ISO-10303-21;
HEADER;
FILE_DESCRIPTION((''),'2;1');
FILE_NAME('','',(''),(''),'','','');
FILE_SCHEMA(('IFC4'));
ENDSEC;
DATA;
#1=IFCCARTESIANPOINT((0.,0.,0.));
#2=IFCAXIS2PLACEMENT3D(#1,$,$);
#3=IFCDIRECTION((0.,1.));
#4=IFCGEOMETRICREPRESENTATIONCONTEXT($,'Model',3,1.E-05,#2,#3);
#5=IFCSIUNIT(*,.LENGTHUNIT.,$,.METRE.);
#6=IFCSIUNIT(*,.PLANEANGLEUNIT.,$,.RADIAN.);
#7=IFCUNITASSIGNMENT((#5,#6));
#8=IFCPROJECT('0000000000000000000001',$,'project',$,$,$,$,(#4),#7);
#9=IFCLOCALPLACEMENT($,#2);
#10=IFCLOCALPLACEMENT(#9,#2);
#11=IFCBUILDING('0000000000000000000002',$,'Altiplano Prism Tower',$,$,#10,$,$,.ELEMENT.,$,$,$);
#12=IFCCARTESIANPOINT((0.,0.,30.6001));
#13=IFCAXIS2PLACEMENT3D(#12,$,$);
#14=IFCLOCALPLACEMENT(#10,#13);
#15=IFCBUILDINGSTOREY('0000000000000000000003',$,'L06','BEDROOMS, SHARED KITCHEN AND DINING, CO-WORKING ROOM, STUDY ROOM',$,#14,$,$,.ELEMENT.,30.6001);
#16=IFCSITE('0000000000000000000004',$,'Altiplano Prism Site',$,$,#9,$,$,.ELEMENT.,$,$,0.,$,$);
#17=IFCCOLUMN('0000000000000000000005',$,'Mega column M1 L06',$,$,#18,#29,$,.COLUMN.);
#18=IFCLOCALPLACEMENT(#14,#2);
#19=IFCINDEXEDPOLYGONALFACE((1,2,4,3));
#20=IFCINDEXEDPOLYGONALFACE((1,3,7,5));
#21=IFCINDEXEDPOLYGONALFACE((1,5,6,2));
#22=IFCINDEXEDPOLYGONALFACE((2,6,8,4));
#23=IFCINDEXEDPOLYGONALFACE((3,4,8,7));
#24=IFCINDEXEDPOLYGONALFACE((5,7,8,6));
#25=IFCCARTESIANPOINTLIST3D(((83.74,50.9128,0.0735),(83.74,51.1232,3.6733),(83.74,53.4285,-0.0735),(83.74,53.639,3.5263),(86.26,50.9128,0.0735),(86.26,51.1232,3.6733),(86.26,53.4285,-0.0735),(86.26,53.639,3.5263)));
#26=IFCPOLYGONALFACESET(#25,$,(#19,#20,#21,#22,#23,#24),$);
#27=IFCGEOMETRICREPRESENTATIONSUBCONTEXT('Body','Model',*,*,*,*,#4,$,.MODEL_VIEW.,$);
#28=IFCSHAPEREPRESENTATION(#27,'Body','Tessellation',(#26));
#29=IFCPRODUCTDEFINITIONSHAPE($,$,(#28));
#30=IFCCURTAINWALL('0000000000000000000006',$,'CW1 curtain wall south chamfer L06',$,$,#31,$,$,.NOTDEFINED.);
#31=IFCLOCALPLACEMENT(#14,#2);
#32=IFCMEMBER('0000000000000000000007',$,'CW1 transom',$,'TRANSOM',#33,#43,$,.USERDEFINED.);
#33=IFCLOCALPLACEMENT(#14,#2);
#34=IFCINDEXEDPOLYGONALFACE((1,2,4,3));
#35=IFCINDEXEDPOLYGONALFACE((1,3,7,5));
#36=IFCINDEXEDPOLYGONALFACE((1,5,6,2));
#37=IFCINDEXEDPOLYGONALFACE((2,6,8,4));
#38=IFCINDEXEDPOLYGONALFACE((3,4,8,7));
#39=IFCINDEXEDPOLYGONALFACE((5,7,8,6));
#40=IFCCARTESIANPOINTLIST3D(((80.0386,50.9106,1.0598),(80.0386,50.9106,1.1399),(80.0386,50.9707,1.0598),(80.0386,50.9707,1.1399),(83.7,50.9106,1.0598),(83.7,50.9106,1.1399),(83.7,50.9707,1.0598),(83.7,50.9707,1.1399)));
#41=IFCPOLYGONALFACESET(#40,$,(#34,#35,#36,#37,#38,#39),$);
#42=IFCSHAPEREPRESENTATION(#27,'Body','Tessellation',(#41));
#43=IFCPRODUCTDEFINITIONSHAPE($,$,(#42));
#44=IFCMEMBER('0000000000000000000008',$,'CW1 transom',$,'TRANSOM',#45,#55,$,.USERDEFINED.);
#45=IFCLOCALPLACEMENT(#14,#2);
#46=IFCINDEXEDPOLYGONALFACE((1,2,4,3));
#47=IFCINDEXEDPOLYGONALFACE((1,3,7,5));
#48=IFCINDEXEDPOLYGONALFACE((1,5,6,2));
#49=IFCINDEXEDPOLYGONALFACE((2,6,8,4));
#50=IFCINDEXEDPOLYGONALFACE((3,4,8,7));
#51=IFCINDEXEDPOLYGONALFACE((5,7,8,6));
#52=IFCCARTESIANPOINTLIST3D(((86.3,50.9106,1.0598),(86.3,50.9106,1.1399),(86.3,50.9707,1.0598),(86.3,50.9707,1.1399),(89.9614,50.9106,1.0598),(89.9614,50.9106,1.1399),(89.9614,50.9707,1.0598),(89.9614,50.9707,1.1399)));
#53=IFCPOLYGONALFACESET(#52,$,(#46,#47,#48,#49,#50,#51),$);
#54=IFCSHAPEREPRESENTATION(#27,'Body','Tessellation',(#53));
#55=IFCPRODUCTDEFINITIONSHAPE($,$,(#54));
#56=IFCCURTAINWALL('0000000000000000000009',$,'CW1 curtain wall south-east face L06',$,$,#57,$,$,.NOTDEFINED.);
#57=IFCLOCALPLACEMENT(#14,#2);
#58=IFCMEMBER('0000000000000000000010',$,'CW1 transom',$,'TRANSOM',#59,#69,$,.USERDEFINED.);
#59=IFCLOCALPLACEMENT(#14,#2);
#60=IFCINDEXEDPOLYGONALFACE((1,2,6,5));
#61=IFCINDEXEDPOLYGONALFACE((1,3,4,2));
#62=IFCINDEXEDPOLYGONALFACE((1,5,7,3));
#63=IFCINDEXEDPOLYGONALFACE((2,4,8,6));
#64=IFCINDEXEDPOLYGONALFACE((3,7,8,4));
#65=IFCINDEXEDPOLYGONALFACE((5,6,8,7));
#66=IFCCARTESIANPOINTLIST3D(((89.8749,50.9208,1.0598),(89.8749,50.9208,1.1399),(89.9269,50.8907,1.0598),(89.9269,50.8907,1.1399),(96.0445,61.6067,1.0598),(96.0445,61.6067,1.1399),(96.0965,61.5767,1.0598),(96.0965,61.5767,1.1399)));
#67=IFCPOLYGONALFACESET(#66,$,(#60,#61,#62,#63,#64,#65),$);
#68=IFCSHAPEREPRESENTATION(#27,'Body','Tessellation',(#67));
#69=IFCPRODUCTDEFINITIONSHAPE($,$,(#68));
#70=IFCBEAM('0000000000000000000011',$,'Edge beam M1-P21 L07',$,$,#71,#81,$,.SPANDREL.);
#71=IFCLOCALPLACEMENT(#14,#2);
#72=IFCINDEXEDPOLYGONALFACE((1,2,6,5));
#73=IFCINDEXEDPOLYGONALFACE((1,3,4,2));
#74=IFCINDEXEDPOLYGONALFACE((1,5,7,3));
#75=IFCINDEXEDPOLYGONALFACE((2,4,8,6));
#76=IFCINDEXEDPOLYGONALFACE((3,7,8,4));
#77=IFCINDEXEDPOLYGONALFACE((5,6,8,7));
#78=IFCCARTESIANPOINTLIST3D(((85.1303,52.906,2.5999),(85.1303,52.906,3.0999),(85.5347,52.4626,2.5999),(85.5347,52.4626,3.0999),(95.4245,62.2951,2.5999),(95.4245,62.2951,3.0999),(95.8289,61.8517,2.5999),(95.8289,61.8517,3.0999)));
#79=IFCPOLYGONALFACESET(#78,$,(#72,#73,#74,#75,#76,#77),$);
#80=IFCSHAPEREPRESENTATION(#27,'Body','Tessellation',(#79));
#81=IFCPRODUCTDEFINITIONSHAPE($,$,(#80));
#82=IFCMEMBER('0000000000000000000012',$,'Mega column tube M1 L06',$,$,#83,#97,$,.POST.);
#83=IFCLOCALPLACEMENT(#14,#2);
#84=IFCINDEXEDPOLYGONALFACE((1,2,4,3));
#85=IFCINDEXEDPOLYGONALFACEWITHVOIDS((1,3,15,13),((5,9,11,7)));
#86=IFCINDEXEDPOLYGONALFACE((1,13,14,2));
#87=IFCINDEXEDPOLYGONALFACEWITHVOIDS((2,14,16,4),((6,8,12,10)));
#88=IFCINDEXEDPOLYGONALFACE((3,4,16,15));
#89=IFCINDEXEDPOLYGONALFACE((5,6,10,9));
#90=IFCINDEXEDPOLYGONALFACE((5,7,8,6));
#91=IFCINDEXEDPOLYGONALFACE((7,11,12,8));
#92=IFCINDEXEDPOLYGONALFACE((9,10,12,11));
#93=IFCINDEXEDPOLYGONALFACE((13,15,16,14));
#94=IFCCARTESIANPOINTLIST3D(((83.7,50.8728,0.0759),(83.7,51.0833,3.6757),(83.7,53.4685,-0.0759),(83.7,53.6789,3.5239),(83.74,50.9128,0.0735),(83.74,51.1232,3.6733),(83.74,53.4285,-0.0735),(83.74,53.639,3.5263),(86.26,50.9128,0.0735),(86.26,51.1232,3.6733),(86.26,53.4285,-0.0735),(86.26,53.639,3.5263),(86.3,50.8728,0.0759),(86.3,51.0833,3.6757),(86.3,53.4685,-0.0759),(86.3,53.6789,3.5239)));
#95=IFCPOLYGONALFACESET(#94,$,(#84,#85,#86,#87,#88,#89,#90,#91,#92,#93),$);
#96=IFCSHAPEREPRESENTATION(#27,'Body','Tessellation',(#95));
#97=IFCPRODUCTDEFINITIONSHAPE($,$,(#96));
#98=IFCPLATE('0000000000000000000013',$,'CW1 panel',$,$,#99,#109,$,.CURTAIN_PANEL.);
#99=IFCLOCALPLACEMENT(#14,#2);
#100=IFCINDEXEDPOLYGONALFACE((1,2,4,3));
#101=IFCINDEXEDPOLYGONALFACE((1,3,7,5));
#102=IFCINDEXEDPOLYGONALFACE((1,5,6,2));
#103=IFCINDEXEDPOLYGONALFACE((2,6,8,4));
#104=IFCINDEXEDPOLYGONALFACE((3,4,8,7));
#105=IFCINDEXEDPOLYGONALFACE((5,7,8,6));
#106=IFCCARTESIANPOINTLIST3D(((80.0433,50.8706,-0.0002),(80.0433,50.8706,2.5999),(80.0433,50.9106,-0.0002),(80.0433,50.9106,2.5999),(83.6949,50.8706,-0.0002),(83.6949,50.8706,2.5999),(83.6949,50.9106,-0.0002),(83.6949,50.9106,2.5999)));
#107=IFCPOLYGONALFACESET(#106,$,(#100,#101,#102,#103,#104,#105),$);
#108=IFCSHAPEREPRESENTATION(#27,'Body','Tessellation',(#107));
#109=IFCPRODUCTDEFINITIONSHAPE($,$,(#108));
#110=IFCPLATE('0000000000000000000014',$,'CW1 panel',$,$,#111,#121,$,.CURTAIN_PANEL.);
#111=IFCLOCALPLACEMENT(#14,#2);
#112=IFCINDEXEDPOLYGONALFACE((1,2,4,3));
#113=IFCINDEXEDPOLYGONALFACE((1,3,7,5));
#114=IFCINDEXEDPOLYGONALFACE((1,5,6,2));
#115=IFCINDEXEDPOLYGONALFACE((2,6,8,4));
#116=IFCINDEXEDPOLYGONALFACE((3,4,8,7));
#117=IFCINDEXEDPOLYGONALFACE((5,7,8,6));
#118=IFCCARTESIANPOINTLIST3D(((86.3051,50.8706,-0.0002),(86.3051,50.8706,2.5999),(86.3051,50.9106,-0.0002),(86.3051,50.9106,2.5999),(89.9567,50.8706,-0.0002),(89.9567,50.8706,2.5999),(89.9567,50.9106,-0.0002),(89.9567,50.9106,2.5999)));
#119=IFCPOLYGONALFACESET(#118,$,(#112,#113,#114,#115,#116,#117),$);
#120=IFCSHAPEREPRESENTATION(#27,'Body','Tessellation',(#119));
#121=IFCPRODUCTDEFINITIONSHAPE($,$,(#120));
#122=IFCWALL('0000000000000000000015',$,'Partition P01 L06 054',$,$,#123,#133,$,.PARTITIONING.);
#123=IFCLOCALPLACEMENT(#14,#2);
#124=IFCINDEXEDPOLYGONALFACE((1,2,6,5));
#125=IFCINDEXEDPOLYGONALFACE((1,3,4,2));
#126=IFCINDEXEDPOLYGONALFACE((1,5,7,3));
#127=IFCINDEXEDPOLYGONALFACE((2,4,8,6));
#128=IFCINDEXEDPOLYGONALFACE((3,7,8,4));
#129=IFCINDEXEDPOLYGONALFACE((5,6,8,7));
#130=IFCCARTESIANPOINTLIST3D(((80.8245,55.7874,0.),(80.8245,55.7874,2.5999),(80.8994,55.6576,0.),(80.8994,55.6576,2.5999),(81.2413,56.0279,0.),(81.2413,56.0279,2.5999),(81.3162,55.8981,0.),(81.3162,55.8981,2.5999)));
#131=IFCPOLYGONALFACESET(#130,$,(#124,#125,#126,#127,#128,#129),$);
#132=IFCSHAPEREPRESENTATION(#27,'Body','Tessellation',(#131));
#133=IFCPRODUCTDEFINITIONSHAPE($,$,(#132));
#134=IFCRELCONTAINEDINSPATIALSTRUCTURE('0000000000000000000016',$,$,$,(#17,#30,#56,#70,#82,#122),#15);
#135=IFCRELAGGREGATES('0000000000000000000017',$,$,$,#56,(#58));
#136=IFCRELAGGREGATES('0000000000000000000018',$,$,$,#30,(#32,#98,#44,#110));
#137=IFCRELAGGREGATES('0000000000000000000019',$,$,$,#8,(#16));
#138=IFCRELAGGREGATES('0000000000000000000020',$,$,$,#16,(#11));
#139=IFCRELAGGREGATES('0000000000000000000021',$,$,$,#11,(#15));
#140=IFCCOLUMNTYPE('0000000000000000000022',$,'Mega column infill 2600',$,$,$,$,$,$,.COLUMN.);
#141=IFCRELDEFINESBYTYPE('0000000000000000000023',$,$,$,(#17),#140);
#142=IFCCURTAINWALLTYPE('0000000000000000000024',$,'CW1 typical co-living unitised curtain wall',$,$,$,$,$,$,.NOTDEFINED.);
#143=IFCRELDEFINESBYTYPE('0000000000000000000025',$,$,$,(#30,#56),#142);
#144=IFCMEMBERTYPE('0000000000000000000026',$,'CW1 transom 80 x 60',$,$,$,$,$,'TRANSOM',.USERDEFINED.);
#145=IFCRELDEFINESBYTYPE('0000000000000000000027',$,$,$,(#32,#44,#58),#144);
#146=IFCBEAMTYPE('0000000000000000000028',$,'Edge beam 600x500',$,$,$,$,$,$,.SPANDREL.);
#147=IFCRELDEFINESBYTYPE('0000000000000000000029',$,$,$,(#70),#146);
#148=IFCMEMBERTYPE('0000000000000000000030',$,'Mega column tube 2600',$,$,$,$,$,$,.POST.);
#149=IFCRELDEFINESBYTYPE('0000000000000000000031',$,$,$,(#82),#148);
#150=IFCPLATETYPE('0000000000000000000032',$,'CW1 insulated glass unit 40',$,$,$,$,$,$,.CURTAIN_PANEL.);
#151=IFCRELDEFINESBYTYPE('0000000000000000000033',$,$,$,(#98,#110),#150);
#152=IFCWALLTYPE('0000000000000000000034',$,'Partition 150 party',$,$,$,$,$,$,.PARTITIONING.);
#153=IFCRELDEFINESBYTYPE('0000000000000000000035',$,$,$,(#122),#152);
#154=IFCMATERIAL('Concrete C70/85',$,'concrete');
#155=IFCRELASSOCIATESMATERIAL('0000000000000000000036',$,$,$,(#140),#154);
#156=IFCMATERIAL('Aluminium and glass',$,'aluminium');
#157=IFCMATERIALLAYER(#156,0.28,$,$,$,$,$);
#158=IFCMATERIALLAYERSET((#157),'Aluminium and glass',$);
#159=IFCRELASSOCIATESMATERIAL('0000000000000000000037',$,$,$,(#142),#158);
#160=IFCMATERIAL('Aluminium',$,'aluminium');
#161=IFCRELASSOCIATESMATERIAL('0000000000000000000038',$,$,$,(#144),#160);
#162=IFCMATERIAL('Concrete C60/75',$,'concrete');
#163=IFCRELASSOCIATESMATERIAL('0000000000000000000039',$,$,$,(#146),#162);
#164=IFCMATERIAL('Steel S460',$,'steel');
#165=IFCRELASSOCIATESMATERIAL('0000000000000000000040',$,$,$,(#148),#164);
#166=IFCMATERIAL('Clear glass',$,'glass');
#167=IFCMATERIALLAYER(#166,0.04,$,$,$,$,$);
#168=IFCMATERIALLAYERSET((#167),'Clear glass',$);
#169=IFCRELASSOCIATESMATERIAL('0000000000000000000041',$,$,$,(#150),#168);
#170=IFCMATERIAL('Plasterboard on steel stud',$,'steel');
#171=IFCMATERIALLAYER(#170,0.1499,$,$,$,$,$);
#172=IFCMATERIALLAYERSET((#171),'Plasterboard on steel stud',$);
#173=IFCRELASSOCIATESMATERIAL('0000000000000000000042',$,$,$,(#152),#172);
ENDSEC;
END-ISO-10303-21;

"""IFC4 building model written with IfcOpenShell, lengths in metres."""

from ifc_helpers import new_model, si_unit, direction, frame, frame_2d, origin, origin_2d, place, context, subcontext, project, spatial, rectangle, hollow_rectangle, extrude, material, layer, layer_set, material_profile, profile_set, type_object, element, aggregate, save


model = new_model("IFC4")

# Units and contexts
model_context = context("Model", 3, precision=1e-05, world=origin(), true_north=direction((0.0, 1.0)))
body_context = subcontext(model_context, "Body", "Model", "MODEL_VIEW")
ifc_project = project(units=[si_unit("LENGTHUNIT", "METRE"), si_unit("PLANEANGLEUNIT", "RADIAN")], contexts=[model_context])

# Site, building, storey
site_placement = place(None, origin())
site = spatial("IfcSite", under=ifc_project, at=site_placement, Name="Altiplano Prism Site", CompositionType="ELEMENT", RefElevation=0.0)
building_placement = place(site_placement, origin())
building = spatial("IfcBuilding", under=site, at=building_placement, Name="Altiplano Prism Tower", CompositionType="ELEMENT")
storey_placement = place(building_placement, frame((0.0, 0.0, 30.6001)))
storey = spatial("IfcBuildingStorey", under=building, at=storey_placement, Name="L06", Description="BEDROOMS, SHARED KITCHEN AND DINING, CO-WORKING ROOM, STUDY ROOM", CompositionType="ELEMENT", Elevation=30.6001)

# Column
ifc_material_1 = material(Name="Concrete C70/85", Category="concrete")
ifc_material_profile_1 = material_profile(ifc_material_1, rectangle(XDim=2.52, YDim=2.52, at=origin_2d()), Name="Mega column infill 2600")
ifc_profile_set_1 = profile_set([ifc_material_profile_1], Name="Concrete C70/85")
column_type = type_object("IfcColumnType", Name="Mega column infill 2600", PredefinedType="COLUMN", material=ifc_profile_set_1)
column_placement = place(storey_placement, frame((85.0, 52.1707, 0.0), z_axis=(0.0, 0.058361, 0.998296), x_axis=(-1.0, 0.0, 0.0)))
element("IfcColumn", 1, at=column_placement, inside=storey, type_object=column_type, Name="Mega column M1 L06", PredefinedType="COLUMN", context=body_context, shape_type="SweptSolid", body=[
    extrude(rectangle(XDim=2.52, YDim=2.52, at=origin_2d()), origin(), (0.0, 0.0, 1.0), 3.606),
])

# Curtain wall, members
ifc_material_2 = material(Name="Aluminium and glass", Category="aluminium")
ifc_layer_1 = layer(ifc_material_2, 0.28)
ifc_layer_set_1 = layer_set([ifc_layer_1], Name="Aluminium and glass")
curtain_wall_type = type_object("IfcCurtainWallType", Name="CW1 typical co-living unitised curtain wall", PredefinedType="NOTDEFINED", material=ifc_layer_set_1)
curtain_wall_1_placement = place(storey_placement, origin())
curtain_wall_1 = element("IfcCurtainWall", 2, at=curtain_wall_1_placement, inside=storey, type_object=curtain_wall_type, Name="CW1 curtain wall south chamfer L06", PredefinedType="NOTDEFINED")
ifc_material_3 = material(Name="Aluminium", Category="aluminium")
ifc_material_profile_2 = material_profile(ifc_material_3, rectangle(XDim=0.0601, YDim=0.0801, at=origin_2d()), Name="CW1 transom 80 x 60")
ifc_profile_set_2 = profile_set([ifc_material_profile_2], Name="Aluminium")
member_type_1 = type_object("IfcMemberType", Name="CW1 transom 80 x 60", ElementType="TRANSOM", PredefinedType="USERDEFINED", material=ifc_profile_set_2)
member_1_placement = place(storey_placement, frame((80.0386, 50.9407, 1.0999), z_axis=(1.0, 0.0, 0.0), x_axis=(0.0, 1.0, 0.0)))
member_1 = element("IfcMember", 3, at=member_1_placement, type_object=member_type_1, Name="CW1 transom", ObjectType="TRANSOM", PredefinedType="USERDEFINED", context=body_context, shape_type="SweptSolid", body=[
    extrude(rectangle(XDim=0.0601, YDim=0.0801, at=origin_2d()), origin(), (0.0, 0.0, 1.0), 3.6614),
])
member_2_placement = place(storey_placement, frame((86.3, 50.9407, 1.0999), z_axis=(1.0, 0.0, 0.0), x_axis=(0.0, 1.0, 0.0)))
member_2 = element("IfcMember", 4, at=member_2_placement, type_object=member_type_1, Name="CW1 transom", ObjectType="TRANSOM", PredefinedType="USERDEFINED", context=body_context, shape_type="SweptSolid", body=[
    extrude(rectangle(XDim=0.0601, YDim=0.0801, at=origin_2d()), origin(), (0.0, 0.0, 1.0), 3.6614),
])

# Curtain wall, member
curtain_wall_2_placement = place(storey_placement, origin())
curtain_wall_2 = element("IfcCurtainWall", 5, at=curtain_wall_2_placement, inside=storey, type_object=curtain_wall_type, Name="CW1 curtain wall south-east face L06", PredefinedType="NOTDEFINED")
member_3_placement = place(storey_placement, frame((89.9009, 50.9058, 1.0999), z_axis=(0.500006, 0.866022, 0.0), x_axis=(-0.866022, 0.500006, 0.0)))
member_3 = element("IfcMember", 6, at=member_3_placement, type_object=member_type_1, Name="CW1 transom", ObjectType="TRANSOM", PredefinedType="USERDEFINED", context=body_context, shape_type="SweptSolid", body=[
    extrude(rectangle(XDim=0.0601, YDim=0.0801, at=origin_2d()), origin(), (0.0, 0.0, 1.0), 12.3391),
])
aggregate(curtain_wall_2, [member_3])

# Beam
ifc_material_4 = material(Name="Concrete C60/75", Category="concrete")
ifc_material_profile_3 = material_profile(ifc_material_4, rectangle(XDim=0.6001, YDim=0.5, at=origin_2d()), Name="Edge beam 600x500")
ifc_profile_set_3 = profile_set([ifc_material_profile_3], Name="Concrete C60/75")
beam_type = type_object("IfcBeamType", Name="Edge beam 600x500", PredefinedType="SPANDREL", material=ifc_profile_set_3)
beam_placement = place(storey_placement, frame((85.3325, 52.6843, 2.8499), z_axis=(0.738839, 0.673882, 0.0), x_axis=(-0.673882, 0.738839, 0.0)))
element("IfcBeam", 7, at=beam_placement, inside=storey, type_object=beam_type, Name="Edge beam M1-P21 L07", PredefinedType="SPANDREL", context=body_context, shape_type="SweptSolid", body=[
    extrude(rectangle(XDim=0.6001, YDim=0.5, at=origin_2d()), origin(), (0.0, 0.0, 1.0), 13.9329),
])

# Member
ifc_material_5 = material(Name="Steel S460", Category="steel")
ifc_material_profile_4 = material_profile(ifc_material_5, hollow_rectangle(XDim=2.6001, YDim=2.6001, WallThickness=0.04, at=origin_2d()), Name="Mega column tube 2600")
ifc_profile_set_4 = profile_set([ifc_material_profile_4], Name="Steel S460")
member_type_2 = type_object("IfcMemberType", Name="Mega column tube 2600", PredefinedType="POST", material=ifc_profile_set_4)
member_4_placement = place(storey_placement, frame((85.0, 52.1707, 0.0), z_axis=(0.0, 0.058361, 0.998296), x_axis=(-1.0, 0.0, 0.0)))
element("IfcMember", 8, at=member_4_placement, inside=storey, type_object=member_type_2, Name="Mega column tube M1 L06", PredefinedType="POST", context=body_context, shape_type="SweptSolid", body=[
    extrude(hollow_rectangle(XDim=2.6001, YDim=2.6001, WallThickness=0.04, at=origin_2d()), origin(), (0.0, 0.0, 1.0), 3.606),
])

# Plates
ifc_material_6 = material(Name="Clear glass", Category="glass")
ifc_layer_2 = layer(ifc_material_6, 0.04)
ifc_layer_set_2 = layer_set([ifc_layer_2], Name="Clear glass")
plate_type = type_object("IfcPlateType", Name="CW1 insulated glass unit 40", PredefinedType="CURTAIN_PANEL", material=ifc_layer_set_2)
plate_1_placement = place(storey_placement, frame((81.8691, 50.8906, -0.0002), z_axis=(0.0, 0.0, 1.0), x_axis=(1.0, 0.0, 0.0)))
plate_1 = element("IfcPlate", 9, at=plate_1_placement, type_object=plate_type, Name="CW1 panel", PredefinedType="CURTAIN_PANEL", context=body_context, shape_type="SweptSolid", body=[
    extrude(rectangle(XDim=3.6516, YDim=0.04, at=origin_2d()), origin(), (0.0, 0.0, 1.0), 2.6001),
])
plate_2_placement = place(storey_placement, frame((88.1309, 50.8906, -0.0002), z_axis=(0.0, 0.0, 1.0), x_axis=(1.0, 0.0, 0.0)))
plate_2 = element("IfcPlate", 10, at=plate_2_placement, type_object=plate_type, Name="CW1 panel", PredefinedType="CURTAIN_PANEL", context=body_context, shape_type="SweptSolid", body=[
    extrude(rectangle(XDim=3.6516, YDim=0.04, at=origin_2d()), origin(), (0.0, 0.0, 1.0), 2.6001),
])
aggregate(curtain_wall_1, [member_1, plate_1, member_2, plate_2])

# Wall
ifc_material_7 = material(Name="Plasterboard on steel stud", Category="steel")
ifc_layer_3 = layer(ifc_material_7, 0.1499)
ifc_layer_set_3 = layer_set([ifc_layer_3], Name="Plasterboard on steel stud")
wall_type = type_object("IfcWallType", Name="Partition 150 party", PredefinedType="PARTITIONING", material=ifc_layer_set_3)
wall_placement = place(storey_placement, frame((80.8618, 55.7224, 0.0), z_axis=(0.0, 0.0, 1.0), x_axis=(0.866143, 0.499796, 0.0)))
element("IfcWall", 11, at=wall_placement, inside=storey, type_object=wall_type, Name="Partition P01 L06 054", PredefinedType="PARTITIONING", context=body_context, shape_type="SweptSolid", body=[
    extrude(rectangle(XDim=0.4812, YDim=0.1499, at=frame_2d((0.2407, 0.0))), origin(), (0.0, 0.0, 1.0), 2.5999),
])

save(model, "model.ifc")
